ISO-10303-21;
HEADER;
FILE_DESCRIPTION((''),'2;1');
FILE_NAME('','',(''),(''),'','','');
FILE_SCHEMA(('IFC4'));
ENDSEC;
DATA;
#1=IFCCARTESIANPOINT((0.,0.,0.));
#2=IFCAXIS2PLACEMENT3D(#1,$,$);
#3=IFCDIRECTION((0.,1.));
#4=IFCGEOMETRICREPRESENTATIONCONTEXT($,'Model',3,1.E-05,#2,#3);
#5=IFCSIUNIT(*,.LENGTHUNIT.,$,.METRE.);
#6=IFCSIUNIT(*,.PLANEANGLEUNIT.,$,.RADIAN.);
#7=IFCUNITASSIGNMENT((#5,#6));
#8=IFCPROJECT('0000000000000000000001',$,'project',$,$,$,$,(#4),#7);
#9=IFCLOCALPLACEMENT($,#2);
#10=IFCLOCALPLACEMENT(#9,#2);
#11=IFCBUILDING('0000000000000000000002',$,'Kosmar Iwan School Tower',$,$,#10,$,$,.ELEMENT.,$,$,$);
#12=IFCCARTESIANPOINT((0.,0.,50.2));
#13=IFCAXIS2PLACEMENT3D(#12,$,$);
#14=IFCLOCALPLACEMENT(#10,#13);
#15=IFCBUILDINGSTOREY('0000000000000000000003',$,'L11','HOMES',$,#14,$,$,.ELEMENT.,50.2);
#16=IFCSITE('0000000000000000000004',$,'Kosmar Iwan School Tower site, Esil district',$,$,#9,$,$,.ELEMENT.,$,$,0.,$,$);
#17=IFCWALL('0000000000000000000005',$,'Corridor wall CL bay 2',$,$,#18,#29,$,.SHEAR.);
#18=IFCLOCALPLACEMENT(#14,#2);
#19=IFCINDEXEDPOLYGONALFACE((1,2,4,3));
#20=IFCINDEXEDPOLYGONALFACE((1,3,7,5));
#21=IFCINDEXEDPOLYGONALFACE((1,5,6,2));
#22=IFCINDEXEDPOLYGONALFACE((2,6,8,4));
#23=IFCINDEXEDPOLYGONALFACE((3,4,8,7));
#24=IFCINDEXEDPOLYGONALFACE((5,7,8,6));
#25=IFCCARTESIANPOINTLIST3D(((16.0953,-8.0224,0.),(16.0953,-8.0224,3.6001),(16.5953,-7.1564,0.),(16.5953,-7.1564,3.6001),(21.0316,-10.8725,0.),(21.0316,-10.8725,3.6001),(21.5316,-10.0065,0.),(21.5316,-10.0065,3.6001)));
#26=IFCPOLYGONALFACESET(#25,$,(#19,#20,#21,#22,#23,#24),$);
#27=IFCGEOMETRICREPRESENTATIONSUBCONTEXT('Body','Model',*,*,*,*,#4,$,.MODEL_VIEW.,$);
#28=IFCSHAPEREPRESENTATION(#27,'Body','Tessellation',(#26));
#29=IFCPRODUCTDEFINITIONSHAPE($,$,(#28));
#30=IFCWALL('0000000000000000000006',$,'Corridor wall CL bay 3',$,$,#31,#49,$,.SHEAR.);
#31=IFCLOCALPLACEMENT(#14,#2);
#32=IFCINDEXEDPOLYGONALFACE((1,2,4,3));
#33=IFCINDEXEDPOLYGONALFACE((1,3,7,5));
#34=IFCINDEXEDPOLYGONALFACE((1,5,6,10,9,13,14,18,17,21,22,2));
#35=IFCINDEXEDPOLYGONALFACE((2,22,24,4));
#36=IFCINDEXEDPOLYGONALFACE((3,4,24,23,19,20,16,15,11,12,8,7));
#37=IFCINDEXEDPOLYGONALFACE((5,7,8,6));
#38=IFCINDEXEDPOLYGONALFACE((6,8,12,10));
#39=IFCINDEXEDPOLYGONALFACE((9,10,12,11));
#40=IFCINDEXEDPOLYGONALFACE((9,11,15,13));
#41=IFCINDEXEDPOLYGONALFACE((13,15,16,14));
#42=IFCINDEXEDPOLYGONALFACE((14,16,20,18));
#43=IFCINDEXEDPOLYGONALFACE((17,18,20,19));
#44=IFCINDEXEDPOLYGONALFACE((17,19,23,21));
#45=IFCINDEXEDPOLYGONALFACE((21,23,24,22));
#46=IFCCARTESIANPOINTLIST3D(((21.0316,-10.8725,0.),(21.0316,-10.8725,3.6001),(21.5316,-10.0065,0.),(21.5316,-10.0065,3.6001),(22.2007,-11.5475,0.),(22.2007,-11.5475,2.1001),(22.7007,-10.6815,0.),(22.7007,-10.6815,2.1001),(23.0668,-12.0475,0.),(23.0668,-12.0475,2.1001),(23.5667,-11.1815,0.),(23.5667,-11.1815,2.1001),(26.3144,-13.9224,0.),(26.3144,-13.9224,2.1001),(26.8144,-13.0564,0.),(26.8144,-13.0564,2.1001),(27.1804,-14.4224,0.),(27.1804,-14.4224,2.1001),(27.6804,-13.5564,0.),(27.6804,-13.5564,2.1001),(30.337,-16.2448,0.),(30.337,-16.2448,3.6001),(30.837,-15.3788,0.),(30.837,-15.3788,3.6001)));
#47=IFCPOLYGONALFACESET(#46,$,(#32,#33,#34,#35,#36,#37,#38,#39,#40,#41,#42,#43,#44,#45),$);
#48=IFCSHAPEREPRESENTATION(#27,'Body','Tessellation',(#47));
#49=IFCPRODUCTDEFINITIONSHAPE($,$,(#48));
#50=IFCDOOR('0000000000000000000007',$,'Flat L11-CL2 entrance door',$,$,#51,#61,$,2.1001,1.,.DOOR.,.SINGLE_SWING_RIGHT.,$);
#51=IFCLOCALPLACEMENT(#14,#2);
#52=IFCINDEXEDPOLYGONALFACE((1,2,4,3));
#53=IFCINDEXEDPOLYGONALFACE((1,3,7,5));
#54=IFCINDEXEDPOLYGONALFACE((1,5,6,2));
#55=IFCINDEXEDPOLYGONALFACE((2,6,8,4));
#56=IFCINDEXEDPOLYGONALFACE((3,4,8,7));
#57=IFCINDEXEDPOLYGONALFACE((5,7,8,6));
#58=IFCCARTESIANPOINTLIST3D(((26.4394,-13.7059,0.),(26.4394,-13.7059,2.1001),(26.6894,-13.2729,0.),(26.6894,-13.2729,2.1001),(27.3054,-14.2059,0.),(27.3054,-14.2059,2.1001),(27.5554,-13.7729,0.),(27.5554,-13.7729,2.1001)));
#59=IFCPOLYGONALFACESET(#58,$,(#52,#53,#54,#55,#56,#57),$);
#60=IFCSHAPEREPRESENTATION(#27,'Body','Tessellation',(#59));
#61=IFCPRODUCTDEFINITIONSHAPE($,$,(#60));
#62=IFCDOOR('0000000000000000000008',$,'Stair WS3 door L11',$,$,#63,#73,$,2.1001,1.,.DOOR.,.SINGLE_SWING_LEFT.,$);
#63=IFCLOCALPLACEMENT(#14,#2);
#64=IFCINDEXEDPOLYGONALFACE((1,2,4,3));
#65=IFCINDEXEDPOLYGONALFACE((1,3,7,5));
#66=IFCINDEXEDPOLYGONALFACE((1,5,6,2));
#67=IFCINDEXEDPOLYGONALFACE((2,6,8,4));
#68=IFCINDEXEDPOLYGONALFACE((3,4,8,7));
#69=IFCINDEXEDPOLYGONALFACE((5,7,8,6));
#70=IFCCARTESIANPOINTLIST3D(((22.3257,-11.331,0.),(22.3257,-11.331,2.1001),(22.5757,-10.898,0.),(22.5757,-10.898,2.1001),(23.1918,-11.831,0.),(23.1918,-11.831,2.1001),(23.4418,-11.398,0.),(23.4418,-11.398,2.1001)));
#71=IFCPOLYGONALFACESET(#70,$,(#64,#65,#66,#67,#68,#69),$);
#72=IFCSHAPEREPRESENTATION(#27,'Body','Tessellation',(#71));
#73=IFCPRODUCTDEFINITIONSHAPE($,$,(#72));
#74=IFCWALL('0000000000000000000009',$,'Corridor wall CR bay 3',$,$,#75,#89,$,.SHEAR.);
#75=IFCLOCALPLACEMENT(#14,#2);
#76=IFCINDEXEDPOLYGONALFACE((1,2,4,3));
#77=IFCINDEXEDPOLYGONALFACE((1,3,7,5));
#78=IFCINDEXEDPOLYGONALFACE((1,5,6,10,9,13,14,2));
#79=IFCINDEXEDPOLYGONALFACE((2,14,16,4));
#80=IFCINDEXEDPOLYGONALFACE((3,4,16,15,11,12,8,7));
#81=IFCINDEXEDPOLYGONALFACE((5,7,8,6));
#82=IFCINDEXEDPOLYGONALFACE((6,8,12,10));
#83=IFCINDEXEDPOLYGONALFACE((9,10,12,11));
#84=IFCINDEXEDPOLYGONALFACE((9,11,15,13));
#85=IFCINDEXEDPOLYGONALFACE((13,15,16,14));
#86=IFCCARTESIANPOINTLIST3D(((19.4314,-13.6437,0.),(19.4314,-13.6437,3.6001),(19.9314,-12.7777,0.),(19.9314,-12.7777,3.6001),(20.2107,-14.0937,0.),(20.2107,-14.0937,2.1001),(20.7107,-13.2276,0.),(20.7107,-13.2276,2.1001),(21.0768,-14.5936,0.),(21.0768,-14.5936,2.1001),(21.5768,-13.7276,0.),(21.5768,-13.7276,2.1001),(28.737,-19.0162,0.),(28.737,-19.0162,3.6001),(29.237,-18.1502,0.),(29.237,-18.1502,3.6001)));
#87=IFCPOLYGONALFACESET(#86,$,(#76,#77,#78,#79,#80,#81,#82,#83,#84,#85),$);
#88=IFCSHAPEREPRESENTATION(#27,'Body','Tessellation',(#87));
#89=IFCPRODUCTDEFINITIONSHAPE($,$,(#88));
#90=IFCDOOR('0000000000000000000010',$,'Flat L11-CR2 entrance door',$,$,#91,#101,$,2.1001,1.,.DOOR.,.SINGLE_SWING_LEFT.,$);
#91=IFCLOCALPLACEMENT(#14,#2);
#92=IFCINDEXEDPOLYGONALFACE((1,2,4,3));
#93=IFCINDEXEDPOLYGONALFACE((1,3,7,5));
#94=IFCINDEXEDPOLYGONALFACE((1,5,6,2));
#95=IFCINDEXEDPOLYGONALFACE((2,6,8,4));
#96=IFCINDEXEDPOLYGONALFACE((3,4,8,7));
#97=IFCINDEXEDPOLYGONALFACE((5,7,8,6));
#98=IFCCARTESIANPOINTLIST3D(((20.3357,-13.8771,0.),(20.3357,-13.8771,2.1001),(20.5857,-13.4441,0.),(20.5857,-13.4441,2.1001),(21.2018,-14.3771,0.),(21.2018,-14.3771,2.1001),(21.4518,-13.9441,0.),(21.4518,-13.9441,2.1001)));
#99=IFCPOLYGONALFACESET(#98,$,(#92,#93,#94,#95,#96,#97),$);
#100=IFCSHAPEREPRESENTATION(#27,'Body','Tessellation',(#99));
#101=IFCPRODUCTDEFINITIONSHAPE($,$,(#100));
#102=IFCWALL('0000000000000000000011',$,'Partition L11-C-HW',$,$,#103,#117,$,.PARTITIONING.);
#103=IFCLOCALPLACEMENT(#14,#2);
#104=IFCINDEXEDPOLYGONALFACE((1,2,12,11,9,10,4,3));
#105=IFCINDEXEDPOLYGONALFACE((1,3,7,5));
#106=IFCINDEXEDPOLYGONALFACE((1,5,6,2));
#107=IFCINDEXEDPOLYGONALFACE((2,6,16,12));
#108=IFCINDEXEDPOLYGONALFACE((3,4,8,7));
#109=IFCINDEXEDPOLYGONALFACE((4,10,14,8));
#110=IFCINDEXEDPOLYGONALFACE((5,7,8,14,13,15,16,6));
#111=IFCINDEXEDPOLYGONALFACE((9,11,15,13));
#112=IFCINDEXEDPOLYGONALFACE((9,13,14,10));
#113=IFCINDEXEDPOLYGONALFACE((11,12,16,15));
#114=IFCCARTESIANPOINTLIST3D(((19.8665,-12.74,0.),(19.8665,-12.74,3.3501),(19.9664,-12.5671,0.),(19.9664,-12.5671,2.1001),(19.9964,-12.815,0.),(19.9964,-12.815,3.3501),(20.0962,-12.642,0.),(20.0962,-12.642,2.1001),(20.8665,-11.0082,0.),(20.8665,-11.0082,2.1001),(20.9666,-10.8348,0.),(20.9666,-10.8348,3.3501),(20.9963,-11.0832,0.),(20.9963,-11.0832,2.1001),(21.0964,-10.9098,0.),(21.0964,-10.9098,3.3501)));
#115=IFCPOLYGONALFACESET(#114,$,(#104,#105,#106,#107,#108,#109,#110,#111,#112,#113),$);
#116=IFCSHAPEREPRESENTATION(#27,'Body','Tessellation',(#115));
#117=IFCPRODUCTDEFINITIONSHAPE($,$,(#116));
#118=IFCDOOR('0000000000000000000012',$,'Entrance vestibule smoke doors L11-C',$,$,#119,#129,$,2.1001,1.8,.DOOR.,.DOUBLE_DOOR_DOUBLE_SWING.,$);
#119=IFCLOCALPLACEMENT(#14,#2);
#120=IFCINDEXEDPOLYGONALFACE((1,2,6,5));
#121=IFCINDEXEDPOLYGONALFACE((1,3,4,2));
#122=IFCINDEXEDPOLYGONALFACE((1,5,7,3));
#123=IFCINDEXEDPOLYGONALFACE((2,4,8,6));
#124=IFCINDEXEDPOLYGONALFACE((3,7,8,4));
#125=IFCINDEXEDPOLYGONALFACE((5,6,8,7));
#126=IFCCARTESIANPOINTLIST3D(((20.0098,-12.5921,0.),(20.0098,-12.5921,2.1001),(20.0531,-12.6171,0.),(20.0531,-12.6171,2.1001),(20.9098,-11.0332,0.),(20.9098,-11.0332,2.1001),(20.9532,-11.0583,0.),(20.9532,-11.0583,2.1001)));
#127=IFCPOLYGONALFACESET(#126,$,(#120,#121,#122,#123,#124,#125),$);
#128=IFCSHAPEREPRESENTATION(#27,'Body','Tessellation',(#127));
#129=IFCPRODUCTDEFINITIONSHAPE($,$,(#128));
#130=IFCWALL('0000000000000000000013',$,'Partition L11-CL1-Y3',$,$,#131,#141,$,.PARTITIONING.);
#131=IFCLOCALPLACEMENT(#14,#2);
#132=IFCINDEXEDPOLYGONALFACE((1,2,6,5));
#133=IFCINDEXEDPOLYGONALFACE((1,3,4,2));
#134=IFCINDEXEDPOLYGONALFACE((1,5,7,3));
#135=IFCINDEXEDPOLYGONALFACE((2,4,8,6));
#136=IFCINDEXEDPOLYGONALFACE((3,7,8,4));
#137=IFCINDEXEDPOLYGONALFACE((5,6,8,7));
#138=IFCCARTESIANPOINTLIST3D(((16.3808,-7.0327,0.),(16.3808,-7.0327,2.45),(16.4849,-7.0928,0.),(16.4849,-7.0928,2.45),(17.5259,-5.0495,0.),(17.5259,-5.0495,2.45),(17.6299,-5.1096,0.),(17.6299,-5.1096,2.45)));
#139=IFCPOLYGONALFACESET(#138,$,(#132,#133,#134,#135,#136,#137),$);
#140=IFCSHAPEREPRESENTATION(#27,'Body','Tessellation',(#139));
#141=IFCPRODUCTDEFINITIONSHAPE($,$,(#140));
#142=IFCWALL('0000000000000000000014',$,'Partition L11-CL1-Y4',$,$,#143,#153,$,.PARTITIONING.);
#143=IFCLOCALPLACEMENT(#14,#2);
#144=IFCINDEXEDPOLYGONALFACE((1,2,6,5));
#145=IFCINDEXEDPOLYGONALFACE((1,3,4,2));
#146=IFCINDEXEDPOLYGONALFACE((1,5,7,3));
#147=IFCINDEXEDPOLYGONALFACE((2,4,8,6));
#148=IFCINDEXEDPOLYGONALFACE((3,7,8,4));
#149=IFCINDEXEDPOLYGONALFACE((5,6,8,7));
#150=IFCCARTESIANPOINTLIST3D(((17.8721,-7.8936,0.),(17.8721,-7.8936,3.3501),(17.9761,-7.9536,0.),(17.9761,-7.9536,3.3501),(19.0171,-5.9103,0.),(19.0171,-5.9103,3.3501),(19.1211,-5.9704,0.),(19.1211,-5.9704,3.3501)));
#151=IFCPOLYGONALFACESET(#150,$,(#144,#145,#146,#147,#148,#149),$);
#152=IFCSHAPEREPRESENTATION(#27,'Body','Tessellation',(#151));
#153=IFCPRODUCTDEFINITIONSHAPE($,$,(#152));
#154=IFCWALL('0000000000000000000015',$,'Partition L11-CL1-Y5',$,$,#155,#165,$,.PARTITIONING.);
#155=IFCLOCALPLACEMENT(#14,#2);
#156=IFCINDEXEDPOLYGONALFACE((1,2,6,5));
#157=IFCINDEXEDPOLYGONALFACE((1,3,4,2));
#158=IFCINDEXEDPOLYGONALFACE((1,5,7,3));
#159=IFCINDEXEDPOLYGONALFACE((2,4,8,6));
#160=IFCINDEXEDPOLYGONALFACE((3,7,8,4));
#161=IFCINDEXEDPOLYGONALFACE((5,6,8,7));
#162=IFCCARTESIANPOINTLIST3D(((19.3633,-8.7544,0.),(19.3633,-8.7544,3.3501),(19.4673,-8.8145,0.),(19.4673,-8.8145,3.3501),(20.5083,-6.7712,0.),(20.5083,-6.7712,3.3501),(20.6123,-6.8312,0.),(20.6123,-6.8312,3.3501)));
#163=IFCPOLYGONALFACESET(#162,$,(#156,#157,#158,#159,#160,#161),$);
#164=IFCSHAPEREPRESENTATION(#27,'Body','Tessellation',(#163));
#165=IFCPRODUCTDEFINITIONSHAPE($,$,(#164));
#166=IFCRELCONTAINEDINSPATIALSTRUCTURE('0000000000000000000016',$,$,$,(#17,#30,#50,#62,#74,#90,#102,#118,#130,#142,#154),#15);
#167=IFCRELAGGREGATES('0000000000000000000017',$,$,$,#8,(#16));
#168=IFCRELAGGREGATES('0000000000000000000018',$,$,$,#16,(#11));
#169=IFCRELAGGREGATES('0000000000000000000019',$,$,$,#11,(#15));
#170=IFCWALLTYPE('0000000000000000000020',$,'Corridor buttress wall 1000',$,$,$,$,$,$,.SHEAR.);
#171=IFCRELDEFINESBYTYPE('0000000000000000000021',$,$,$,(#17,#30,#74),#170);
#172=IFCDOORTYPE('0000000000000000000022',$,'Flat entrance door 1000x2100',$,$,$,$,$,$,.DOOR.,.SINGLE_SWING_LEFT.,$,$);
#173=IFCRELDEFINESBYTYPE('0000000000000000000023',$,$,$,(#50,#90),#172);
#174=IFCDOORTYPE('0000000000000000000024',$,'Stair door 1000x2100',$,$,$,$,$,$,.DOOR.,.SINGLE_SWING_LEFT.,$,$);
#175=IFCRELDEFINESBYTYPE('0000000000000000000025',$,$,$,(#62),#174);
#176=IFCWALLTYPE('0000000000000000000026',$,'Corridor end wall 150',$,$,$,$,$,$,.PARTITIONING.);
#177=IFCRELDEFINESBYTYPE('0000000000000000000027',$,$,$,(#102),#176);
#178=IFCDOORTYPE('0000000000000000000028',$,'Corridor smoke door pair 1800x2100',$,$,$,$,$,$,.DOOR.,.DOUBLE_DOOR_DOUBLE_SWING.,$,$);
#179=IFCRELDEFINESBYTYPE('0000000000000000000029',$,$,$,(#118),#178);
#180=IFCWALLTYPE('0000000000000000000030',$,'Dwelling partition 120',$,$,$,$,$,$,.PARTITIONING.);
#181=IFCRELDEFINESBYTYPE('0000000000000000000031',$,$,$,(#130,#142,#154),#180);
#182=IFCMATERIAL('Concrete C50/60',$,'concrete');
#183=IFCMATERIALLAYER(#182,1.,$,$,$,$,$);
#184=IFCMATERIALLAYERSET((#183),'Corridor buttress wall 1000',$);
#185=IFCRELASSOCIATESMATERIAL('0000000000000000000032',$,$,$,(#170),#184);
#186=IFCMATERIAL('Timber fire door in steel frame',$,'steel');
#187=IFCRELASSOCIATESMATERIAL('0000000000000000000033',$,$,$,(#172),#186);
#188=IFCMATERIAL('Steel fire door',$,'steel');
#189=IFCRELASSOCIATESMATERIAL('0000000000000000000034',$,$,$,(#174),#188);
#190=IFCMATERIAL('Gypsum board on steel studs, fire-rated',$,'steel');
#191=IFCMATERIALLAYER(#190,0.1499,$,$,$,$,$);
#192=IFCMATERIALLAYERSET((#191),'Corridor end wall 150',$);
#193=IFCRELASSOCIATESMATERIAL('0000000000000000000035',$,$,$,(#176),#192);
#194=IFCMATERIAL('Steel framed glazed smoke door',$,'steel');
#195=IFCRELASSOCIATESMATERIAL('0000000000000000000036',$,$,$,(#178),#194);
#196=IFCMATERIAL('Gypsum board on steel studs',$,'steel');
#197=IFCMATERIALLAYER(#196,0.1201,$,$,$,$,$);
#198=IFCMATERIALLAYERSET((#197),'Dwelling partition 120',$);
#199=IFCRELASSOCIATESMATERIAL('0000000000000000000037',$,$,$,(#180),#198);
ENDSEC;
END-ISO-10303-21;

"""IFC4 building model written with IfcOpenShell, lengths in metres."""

from ifc_helpers import new_model, si_unit, direction, frame, frame_2d, origin, place, context, subcontext, project, spatial, rectangle, extrude, material, layer, layer_set, type_object, element, fill, save


model = new_model("IFC4")

# Units and contexts
model_context = context("Model", 3, precision=1e-05, world=origin(), true_north=direction((0.0, 1.0)))
body_context = subcontext(model_context, "Body", "Model", "MODEL_VIEW")
ifc_project = project(units=[si_unit("LENGTHUNIT", "METRE"), si_unit("PLANEANGLEUNIT", "RADIAN")], contexts=[model_context])

# Site, building, storey
site_placement = place(None, origin())
site = spatial("IfcSite", under=ifc_project, at=site_placement, Name="Kosmar Iwan School Tower site, Esil district", CompositionType="ELEMENT", RefElevation=0.0)
building_placement = place(site_placement, origin())
building = spatial("IfcBuilding", under=site, at=building_placement, Name="Kosmar Iwan School Tower", CompositionType="ELEMENT")
storey_placement = place(building_placement, frame((0.0, 0.0, 50.2)))
storey = spatial("IfcBuildingStorey", under=building, at=storey_placement, Name="L11", Description="HOMES", CompositionType="ELEMENT", Elevation=50.2)

# Wall
ifc_material_1 = material(Name="Concrete C50/60", Category="concrete")
ifc_layer_1 = layer(ifc_material_1, 1.0)
ifc_layer_set_1 = layer_set([ifc_layer_1], Name="Corridor buttress wall 1000")
wall_type_1 = type_object("IfcWallType", Name="Corridor buttress wall 1000", PredefinedType="SHEAR", material=ifc_layer_set_1)
wall_1_placement = place(storey_placement, frame((16.3452, -7.5894, 0.0), z_axis=(0.0, 0.0, 1.0), x_axis=(0.866015, -0.500018, 0.0)))
element("IfcWall", 1, at=wall_1_placement, inside=storey, type_object=wall_type_1, Name="Corridor wall CL bay 2", PredefinedType="SHEAR", context=body_context, shape_type="SweptSolid", body=[
    extrude(rectangle(XDim=5.7, YDim=1.0, at=frame_2d((2.8501, 0.0))), origin(), (0.0, 0.0, 1.0), 3.6001),
])

# Wall, openings, doors
wall_2_placement = place(storey_placement, frame((21.2815, -10.4395, 0.0), z_axis=(0.0, 0.0, 1.0), x_axis=(0.866032, -0.499988, 0.0)))
wall_2 = element("IfcWall", 2, at=wall_2_placement, inside=storey, type_object=wall_type_1, Name="Corridor wall CL bay 3", PredefinedType="SHEAR", context=body_context, shape_type="SweptSolid", body=[
    extrude(rectangle(XDim=10.7449, YDim=1.0, at=frame_2d((5.3726, 0.0))), origin(), (0.0, 0.0, 1.0), 3.6001),
])
opening_1_placement = place(wall_2_placement, frame((6.1001, 0.0, 0.0)))
opening_1 = element("IfcOpeningElement", 3, at=opening_1_placement, cuts=wall_2, PredefinedType="OPENING", context=body_context, shape_type="SweptSolid", body=[
    extrude(rectangle(XDim=1.0, YDim=2.1001, at=frame_2d((0.5, 1.05))), frame((0.0, 0.512, 0.0), z_axis=(0.0, -1.0, 0.0), x_axis=(1.0, 0.0, 0.0)), (0.0, 0.0, 1.0), 1.0239),
])
opening_2_placement = place(wall_2_placement, frame((1.3501, 0.0, 0.0)))
opening_2 = element("IfcOpeningElement", 4, at=opening_2_placement, cuts=wall_2, PredefinedType="OPENING", context=body_context, shape_type="SweptSolid", body=[
    extrude(rectangle(XDim=1.0, YDim=2.1001, at=frame_2d((0.5, 1.05))), frame((0.0, 0.512, 0.0), z_axis=(0.0, -1.0, 0.0), x_axis=(1.0, 0.0, 0.0)), (0.0, 0.0, 1.0), 1.0239),
])
ifc_material_2 = material(Name="Timber fire door in steel frame", Category="steel")
door_type_1 = type_object("IfcDoorType", Name="Flat entrance door 1000x2100", OperationType="SINGLE_SWING_LEFT", PredefinedType="DOOR", material=ifc_material_2)
door_1_placement = place(opening_1_placement, origin())
door_1 = element("IfcDoor", 5, at=door_1_placement, inside=storey, type_object=door_type_1, Name="Flat L11-CL2 entrance door", OperationType="SINGLE_SWING_RIGHT", OverallHeight=2.1001, OverallWidth=1.0, PredefinedType="DOOR", context=body_context, shape_type="SweptSolid", body=[
    extrude(rectangle(XDim=1.0, YDim=2.1001, at=frame_2d((0.5, 1.05))), frame((0.0, 0.25, 0.0), z_axis=(0.0, -1.0, 0.0), x_axis=(1.0, 0.0, 0.0)), (0.0, 0.0, 1.0), 0.5),
])
fill(opening_1, door_1)
ifc_material_3 = material(Name="Steel fire door", Category="steel")
door_type_2 = type_object("IfcDoorType", Name="Stair door 1000x2100", OperationType="SINGLE_SWING_LEFT", PredefinedType="DOOR", material=ifc_material_3)
door_2_placement = place(opening_2_placement, origin())
door_2 = element("IfcDoor", 6, at=door_2_placement, inside=storey, type_object=door_type_2, Name="Stair WS3 door L11", OperationType="SINGLE_SWING_LEFT", OverallHeight=2.1001, OverallWidth=1.0, PredefinedType="DOOR", context=body_context, shape_type="SweptSolid", body=[
    extrude(rectangle(XDim=1.0, YDim=2.1001, at=frame_2d((0.5, 1.05))), frame((0.0, 0.25, 0.0), z_axis=(0.0, -1.0, 0.0), x_axis=(1.0, 0.0, 0.0)), (0.0, 0.0, 1.0), 0.5),
])
fill(opening_2, door_2)

# Walls, openings, doors
wall_3_placement = place(storey_placement, frame((19.6814, -13.2107, 0.0), z_axis=(0.0, 0.0, 1.0), x_axis=(0.866028, -0.499995, 0.0)))
wall_3 = element("IfcWall", 7, at=wall_3_placement, inside=storey, type_object=wall_type_1, Name="Corridor wall CR bay 3", PredefinedType="SHEAR", context=body_context, shape_type="SweptSolid", body=[
    extrude(rectangle(XDim=10.7451, YDim=1.0, at=frame_2d((5.3726, 0.0))), origin(), (0.0, 0.0, 1.0), 3.6001),
])
opening_3_placement = place(wall_3_placement, frame((0.8999, 0.0, 0.0)))
opening_3 = element("IfcOpeningElement", 8, at=opening_3_placement, cuts=wall_3, PredefinedType="OPENING", context=body_context, shape_type="SweptSolid", body=[
    extrude(rectangle(XDim=1.0, YDim=2.1001, at=frame_2d((0.5, 1.05))), frame((0.0, 0.512, 0.0), z_axis=(0.0, -1.0, 0.0), x_axis=(1.0, 0.0, 0.0)), (0.0, 0.0, 1.0), 1.0239),
])
door_3_placement = place(opening_3_placement, origin())
door_3 = element("IfcDoor", 9, at=door_3_placement, inside=storey, type_object=door_type_1, Name="Flat L11-CR2 entrance door", OperationType="SINGLE_SWING_LEFT", OverallHeight=2.1001, OverallWidth=1.0, PredefinedType="DOOR", context=body_context, shape_type="SweptSolid", body=[
    extrude(rectangle(XDim=1.0, YDim=2.1001, at=frame_2d((0.5, 1.05))), frame((0.0, 0.25, 0.0), z_axis=(0.0, -1.0, 0.0), x_axis=(1.0, 0.0, 0.0)), (0.0, 0.0, 1.0), 0.5),
])
fill(opening_3, door_3)
ifc_material_4 = material(Name="Gypsum board on steel studs, fire-rated", Category="steel")
ifc_layer_2 = layer(ifc_material_4, 0.1499)
ifc_layer_set_2 = layer_set([ifc_layer_2], Name="Corridor end wall 150")
wall_type_2 = type_object("IfcWallType", Name="Corridor end wall 150", PredefinedType="PARTITIONING", material=ifc_layer_set_2)
wall_4_placement = place(storey_placement, frame((19.9314, -12.7776, 0.0), z_axis=(0.0, 0.0, 1.0), x_axis=(0.50003, 0.866008, 0.0)))
wall_4 = element("IfcWall", 10, at=wall_4_placement, inside=storey, type_object=wall_type_2, Name="Partition L11-C-HW", PredefinedType="PARTITIONING", context=body_context, shape_type="SweptSolid", body=[
    extrude(rectangle(XDim=2.2, YDim=0.1499, at=frame_2d((1.1001, 0.0))), origin(), (0.0, 0.0, 1.0), 3.3501),
])
opening_4_placement = place(wall_4_placement, frame((0.2, 0.0, 0.0)))
opening_4 = element("IfcOpeningElement", 11, at=opening_4_placement, cuts=wall_4, PredefinedType="OPENING", context=body_context, shape_type="SweptSolid", body=[
    extrude(rectangle(XDim=1.8, YDim=2.1001, at=frame_2d((0.8999, 1.05))), frame((0.0, 0.0869, 0.0), z_axis=(0.0, -1.0, 0.0), x_axis=(1.0, 0.0, 0.0)), (0.0, 0.0, 1.0), 0.1738),
])
ifc_material_5 = material(Name="Steel framed glazed smoke door", Category="steel")
door_type_3 = type_object("IfcDoorType", Name="Corridor smoke door pair 1800x2100", OperationType="DOUBLE_DOOR_DOUBLE_SWING", PredefinedType="DOOR", material=ifc_material_5)
door_4_placement = place(opening_4_placement, origin())
door_4 = element("IfcDoor", 12, at=door_4_placement, inside=storey, type_object=door_type_3, Name="Entrance vestibule smoke doors L11-C", OperationType="DOUBLE_DOOR_DOUBLE_SWING", OverallHeight=2.1001, OverallWidth=1.8, PredefinedType="DOOR", context=body_context, shape_type="SweptSolid", body=[
    extrude(rectangle(XDim=1.8, YDim=2.1001, at=frame_2d((0.8999, 1.05))), frame((0.0, 0.0249, 0.0), z_axis=(0.0, -1.0, 0.0), x_axis=(1.0, 0.0, 0.0)), (0.0, 0.0, 1.0), 0.05),
])
fill(opening_4, door_4)

# Walls
ifc_material_6 = material(Name="Gypsum board on steel studs", Category="steel")
ifc_layer_3 = layer(ifc_material_6, 0.1201)
ifc_layer_set_3 = layer_set([ifc_layer_3], Name="Dwelling partition 120")
wall_type_3 = type_object("IfcWallType", Name="Dwelling partition 120", PredefinedType="PARTITIONING", material=ifc_layer_set_3)
wall_5_placement = place(storey_placement, frame((16.4329, -7.0627, 0.0), z_axis=(0.0, 0.0, 1.0), x_axis=(0.500015, 0.866017, 0.0)))
element("IfcWall", 13, at=wall_5_placement, inside=storey, type_object=wall_type_3, Name="Partition L11-CL1-Y3", PredefinedType="PARTITIONING", context=body_context, shape_type="SweptSolid", body=[
    extrude(rectangle(XDim=2.29, YDim=0.1201, at=frame_2d((1.145, 0.0))), origin(), (0.0, 0.0, 1.0), 2.45),
])
for number, where, z_axis, x_axis, name in (
    (14, (17.9241, -7.9236, 0.0), (0.0, 0.0, 1.0), (0.500015, 0.866017, 0.0), "Partition L11-CL1-Y4"),
    (15, (19.4153, -8.7844, 0.0), (0.0, 0.0, 1.0), (0.500015, 0.866017, 0.0), "Partition L11-CL1-Y5"),
):
    element("IfcWall", number, at=place(storey_placement, frame(where, z_axis=z_axis, x_axis=x_axis)), inside=storey, type_object=wall_type_3, Name=name, PredefinedType="PARTITIONING", context=body_context, shape_type="SweptSolid", body=[
        extrude(rectangle(XDim=2.29, YDim=0.1201, at=frame_2d((1.145, 0.0))), origin(), (0.0, 0.0, 1.0), 3.3501),
    ])

save(model, "model.ifc")
